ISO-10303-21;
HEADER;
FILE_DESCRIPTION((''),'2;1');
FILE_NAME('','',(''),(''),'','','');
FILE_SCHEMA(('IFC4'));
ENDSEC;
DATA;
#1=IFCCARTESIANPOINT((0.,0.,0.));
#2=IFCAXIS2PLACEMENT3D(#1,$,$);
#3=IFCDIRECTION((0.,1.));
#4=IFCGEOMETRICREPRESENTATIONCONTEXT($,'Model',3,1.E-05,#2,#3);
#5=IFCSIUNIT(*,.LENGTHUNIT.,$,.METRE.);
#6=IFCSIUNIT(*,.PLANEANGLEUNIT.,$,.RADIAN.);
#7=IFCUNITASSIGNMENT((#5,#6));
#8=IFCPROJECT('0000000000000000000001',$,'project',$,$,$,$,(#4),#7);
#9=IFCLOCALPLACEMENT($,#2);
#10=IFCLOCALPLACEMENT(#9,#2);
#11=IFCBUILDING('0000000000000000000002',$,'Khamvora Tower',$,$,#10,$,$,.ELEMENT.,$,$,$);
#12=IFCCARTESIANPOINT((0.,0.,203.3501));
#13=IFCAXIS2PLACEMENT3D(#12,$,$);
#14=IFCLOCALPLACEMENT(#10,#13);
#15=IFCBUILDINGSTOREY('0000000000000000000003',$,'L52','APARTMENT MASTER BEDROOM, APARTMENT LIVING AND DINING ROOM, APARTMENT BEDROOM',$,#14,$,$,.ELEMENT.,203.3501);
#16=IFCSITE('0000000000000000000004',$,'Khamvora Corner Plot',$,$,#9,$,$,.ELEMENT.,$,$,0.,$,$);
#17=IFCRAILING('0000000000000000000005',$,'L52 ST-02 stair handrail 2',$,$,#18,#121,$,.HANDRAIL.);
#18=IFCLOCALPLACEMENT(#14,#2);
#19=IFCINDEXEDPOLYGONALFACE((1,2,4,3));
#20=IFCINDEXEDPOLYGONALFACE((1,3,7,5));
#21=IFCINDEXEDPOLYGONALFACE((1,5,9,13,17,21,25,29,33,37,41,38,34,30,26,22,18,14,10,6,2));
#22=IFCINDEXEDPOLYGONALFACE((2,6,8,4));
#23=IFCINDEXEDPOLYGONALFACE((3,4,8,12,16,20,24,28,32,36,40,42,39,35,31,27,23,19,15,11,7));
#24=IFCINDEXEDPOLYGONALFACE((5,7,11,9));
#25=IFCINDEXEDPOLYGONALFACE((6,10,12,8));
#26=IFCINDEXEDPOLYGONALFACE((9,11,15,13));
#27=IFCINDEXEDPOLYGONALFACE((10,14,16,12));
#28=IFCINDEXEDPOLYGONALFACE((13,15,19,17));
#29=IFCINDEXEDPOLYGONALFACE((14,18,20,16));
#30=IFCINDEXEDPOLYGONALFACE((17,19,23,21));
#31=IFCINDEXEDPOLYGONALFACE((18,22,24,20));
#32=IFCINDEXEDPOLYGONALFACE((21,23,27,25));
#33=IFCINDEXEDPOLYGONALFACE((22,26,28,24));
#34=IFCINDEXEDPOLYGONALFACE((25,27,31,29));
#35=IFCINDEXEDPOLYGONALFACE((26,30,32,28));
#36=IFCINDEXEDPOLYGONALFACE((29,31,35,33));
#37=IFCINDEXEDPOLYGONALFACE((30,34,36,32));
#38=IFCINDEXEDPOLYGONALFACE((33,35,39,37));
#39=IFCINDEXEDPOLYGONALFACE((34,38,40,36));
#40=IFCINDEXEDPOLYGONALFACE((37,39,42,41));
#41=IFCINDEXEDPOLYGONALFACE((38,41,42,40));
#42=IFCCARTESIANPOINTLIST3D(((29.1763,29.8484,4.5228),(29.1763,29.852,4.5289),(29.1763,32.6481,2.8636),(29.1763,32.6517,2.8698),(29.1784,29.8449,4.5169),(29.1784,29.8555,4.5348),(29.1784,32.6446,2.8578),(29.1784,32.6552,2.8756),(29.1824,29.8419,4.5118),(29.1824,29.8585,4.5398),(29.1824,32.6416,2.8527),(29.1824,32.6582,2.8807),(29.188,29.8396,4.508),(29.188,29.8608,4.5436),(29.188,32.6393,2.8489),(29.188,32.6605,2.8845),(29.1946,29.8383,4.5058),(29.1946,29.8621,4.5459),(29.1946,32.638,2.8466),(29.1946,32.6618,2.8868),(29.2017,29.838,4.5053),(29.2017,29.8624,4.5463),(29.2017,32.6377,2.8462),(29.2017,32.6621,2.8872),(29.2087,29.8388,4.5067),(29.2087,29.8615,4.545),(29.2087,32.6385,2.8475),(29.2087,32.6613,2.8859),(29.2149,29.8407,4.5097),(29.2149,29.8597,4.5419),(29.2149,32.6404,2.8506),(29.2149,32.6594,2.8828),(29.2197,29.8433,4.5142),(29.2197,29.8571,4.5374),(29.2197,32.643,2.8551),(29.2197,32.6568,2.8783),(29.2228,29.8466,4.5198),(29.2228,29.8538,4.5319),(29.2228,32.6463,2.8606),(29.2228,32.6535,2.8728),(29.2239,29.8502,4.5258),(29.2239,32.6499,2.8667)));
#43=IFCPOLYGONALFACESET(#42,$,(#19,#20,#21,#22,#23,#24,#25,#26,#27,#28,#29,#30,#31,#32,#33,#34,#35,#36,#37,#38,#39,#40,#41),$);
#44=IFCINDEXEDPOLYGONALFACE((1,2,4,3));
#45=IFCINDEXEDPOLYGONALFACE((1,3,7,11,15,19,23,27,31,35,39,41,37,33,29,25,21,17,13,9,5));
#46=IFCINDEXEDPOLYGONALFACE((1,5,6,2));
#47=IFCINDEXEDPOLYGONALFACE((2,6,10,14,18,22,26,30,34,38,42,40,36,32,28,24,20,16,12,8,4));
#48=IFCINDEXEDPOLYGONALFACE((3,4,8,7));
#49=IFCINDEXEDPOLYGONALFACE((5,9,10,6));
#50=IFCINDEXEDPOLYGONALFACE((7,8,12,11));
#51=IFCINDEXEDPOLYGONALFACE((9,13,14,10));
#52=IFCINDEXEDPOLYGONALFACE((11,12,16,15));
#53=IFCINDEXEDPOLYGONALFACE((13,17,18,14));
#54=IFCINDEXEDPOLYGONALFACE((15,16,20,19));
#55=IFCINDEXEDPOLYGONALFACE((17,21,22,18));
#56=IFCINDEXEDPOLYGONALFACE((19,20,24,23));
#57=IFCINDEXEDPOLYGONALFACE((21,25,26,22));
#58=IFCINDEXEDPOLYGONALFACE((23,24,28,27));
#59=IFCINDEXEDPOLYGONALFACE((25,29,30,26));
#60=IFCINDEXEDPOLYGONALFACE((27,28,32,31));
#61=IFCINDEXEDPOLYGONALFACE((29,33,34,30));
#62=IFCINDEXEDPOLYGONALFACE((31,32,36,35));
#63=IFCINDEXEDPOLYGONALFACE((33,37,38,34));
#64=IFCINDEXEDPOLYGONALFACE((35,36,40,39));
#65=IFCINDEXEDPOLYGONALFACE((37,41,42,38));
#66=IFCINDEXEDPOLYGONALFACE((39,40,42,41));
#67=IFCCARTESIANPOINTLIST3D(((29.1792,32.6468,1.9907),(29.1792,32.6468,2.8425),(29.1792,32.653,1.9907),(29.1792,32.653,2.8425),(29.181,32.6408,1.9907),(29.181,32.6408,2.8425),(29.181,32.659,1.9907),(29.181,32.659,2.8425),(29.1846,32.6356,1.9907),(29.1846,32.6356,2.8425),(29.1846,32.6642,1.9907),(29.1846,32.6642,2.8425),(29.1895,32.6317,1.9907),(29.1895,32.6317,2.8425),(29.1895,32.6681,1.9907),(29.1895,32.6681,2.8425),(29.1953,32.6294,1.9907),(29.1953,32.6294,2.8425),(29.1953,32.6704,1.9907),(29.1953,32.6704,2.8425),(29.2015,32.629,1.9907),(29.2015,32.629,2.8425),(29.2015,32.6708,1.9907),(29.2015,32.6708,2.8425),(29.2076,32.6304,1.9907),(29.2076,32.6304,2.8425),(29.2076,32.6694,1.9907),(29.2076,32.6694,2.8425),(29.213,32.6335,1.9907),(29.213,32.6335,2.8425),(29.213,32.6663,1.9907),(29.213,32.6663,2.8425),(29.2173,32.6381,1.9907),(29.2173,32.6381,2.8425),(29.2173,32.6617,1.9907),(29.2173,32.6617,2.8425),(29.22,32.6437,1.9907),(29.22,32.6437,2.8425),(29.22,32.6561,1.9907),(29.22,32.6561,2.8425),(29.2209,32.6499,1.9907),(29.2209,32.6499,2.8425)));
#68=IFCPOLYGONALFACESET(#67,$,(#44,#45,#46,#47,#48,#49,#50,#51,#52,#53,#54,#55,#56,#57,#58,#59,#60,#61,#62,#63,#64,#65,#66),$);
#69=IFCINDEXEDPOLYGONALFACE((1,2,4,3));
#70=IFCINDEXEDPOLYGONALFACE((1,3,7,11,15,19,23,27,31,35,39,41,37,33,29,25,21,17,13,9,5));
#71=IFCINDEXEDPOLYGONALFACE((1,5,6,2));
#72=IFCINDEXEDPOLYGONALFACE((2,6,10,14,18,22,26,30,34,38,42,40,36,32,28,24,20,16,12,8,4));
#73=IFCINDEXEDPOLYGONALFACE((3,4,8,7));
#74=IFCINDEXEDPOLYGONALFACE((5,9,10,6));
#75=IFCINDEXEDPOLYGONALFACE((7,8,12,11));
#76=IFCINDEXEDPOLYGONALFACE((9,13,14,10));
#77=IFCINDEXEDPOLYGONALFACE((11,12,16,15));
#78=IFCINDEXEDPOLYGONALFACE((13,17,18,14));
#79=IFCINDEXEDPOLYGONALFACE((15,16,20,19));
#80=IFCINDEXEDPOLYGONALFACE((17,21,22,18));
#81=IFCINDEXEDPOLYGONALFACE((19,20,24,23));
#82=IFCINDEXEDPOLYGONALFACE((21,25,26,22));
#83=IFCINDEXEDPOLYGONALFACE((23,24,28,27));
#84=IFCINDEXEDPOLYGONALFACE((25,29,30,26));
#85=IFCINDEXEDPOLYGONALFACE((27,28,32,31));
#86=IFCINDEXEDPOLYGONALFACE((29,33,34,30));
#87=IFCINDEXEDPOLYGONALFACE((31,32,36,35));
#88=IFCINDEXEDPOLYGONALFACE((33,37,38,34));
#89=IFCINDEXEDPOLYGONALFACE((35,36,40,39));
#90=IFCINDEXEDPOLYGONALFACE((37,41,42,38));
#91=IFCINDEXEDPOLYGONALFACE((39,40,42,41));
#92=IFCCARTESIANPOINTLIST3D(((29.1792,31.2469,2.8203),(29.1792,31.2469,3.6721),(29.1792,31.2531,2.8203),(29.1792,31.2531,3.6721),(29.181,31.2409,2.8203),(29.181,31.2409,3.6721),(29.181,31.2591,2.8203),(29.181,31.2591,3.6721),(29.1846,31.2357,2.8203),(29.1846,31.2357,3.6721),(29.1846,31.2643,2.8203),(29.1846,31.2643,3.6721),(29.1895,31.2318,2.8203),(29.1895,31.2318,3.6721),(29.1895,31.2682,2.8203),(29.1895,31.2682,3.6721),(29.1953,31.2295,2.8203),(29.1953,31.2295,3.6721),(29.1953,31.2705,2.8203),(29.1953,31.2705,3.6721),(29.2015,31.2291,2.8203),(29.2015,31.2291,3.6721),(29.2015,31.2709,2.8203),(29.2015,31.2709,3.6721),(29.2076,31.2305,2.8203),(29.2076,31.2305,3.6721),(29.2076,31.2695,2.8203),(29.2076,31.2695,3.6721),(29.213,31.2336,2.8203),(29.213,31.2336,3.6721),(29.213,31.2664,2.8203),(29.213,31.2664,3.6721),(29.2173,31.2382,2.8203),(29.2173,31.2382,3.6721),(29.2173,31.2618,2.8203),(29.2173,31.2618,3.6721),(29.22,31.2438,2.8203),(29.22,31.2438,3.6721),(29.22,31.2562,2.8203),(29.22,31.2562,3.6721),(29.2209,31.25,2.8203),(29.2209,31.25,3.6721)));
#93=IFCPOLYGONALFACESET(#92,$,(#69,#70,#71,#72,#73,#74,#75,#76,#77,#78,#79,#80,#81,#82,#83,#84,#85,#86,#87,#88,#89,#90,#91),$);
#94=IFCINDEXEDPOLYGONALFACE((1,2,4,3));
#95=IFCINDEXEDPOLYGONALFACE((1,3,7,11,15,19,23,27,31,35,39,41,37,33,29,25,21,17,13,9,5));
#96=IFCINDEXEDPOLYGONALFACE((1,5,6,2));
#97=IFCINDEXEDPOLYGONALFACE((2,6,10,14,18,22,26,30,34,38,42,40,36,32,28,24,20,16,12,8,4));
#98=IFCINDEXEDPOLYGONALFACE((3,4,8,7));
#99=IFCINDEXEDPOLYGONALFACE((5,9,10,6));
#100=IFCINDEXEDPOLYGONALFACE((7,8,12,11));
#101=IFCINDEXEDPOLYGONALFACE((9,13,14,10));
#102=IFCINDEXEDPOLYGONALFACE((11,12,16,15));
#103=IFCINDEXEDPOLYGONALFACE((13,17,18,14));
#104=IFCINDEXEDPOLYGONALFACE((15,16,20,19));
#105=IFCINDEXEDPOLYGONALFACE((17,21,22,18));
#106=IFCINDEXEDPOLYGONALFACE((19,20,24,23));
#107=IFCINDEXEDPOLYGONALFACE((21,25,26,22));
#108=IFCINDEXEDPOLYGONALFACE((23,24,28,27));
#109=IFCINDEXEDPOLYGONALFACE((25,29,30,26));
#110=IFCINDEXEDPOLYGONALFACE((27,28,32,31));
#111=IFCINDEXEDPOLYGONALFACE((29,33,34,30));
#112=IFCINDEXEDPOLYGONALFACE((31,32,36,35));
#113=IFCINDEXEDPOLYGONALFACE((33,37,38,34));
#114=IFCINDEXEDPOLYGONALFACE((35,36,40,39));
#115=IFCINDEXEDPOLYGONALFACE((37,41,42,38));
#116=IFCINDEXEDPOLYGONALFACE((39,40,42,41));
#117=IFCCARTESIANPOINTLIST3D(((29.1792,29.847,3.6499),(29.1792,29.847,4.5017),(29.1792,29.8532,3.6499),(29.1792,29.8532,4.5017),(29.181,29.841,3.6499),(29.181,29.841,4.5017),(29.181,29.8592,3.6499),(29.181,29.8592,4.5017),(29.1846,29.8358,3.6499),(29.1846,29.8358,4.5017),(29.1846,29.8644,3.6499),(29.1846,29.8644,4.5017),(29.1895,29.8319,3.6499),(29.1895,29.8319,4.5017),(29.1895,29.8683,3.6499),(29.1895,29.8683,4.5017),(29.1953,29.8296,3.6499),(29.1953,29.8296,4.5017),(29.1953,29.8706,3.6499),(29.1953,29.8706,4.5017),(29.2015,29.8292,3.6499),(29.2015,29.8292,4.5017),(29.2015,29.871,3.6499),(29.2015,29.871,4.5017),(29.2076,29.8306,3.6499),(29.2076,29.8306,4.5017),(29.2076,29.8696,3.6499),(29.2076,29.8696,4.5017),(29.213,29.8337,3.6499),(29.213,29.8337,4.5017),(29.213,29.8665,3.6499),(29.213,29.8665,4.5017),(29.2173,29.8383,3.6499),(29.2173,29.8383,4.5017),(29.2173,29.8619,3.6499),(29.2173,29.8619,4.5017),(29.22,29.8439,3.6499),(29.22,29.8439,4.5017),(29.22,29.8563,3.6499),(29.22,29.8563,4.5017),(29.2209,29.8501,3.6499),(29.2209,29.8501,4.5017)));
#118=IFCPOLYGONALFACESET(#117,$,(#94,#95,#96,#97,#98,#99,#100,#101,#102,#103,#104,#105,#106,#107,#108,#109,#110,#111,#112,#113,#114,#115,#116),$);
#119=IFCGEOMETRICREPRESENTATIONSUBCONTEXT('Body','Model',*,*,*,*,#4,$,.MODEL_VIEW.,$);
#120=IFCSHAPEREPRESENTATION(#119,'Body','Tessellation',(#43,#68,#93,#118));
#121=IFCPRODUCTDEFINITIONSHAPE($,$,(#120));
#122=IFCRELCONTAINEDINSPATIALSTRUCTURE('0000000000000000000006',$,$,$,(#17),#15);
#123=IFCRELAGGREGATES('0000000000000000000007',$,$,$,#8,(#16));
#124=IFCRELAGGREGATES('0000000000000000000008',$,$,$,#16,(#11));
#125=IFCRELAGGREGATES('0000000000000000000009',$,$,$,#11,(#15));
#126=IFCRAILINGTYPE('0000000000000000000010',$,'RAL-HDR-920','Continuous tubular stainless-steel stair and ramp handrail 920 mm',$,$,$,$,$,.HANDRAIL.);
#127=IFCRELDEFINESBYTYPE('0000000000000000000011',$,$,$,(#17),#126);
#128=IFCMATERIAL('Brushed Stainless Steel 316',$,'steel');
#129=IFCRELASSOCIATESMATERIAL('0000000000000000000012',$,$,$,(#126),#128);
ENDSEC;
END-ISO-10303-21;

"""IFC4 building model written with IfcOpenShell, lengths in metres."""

from ifc_helpers import new_model, si_unit, direction, frame, origin, origin_2d, place, context, subcontext, project, spatial, circle, extrude, material, type_object, element, save


model = new_model("IFC4")

# Units and contexts
model_context = context("Model", 3, precision=1e-05, world=origin(), true_north=direction((0.0, 1.0)))
body_context = subcontext(model_context, "Body", "Model", "MODEL_VIEW")
ifc_project = project(units=[si_unit("LENGTHUNIT", "METRE"), si_unit("PLANEANGLEUNIT", "RADIAN")], contexts=[model_context])

# Site, building, storey
site_placement = place(None, origin())
site = spatial("IfcSite", under=ifc_project, at=site_placement, Name="Khamvora Corner Plot", CompositionType="ELEMENT", RefElevation=0.0)
building_placement = place(site_placement, origin())
building = spatial("IfcBuilding", under=site, at=building_placement, Name="Khamvora Tower", CompositionType="ELEMENT")
storey_placement = place(building_placement, frame((0.0, 0.0, 203.3501)))
storey = spatial("IfcBuildingStorey", under=building, at=storey_placement, Name="L52", Description="APARTMENT MASTER BEDROOM, APARTMENT LIVING AND DINING ROOM, APARTMENT BEDROOM", CompositionType="ELEMENT", Elevation=203.3501)

# Railing
ifc_material_1 = material(Name="Brushed Stainless Steel 316", Category="steel")
railing_type_1 = type_object("IfcRailingType", Name="RAL-HDR-920", Description="Continuous tubular stainless-steel stair and ramp handrail 920 mm", PredefinedType="HANDRAIL", material=ifc_material_1)
railing_1_placement = place(storey_placement, frame((29.2, 32.6499, 1.9907)))
element("IfcRailing", 1, at=railing_1_placement, inside=storey, type_object=railing_type_1, Name="L52 ST-02 stair handrail 2", PredefinedType="HANDRAIL", context=body_context, shape_type="SweptSolid", body=[
    extrude(circle(Radius=0.0239, at=origin_2d()), frame((0.0, 0.0, 0.876), z_axis=(0.0, -0.860287, 0.509811), x_axis=(1.0, 0.0, 0.0)), (0.0, 0.0, 1.0), 3.2544),
    extrude(circle(Radius=0.021, at=origin_2d()), origin(), (0.0, 0.0, 1.0), 0.8518),
    extrude(circle(Radius=0.021, at=origin_2d()), frame((0.0, -1.3999, 0.8296)), (0.0, 0.0, 1.0), 0.8518),
    extrude(circle(Radius=0.021, at=origin_2d()), frame((0.0, -2.7998, 1.6592)), (0.0, 0.0, 1.0), 0.8518),
])

save(model, "model.ifc")
